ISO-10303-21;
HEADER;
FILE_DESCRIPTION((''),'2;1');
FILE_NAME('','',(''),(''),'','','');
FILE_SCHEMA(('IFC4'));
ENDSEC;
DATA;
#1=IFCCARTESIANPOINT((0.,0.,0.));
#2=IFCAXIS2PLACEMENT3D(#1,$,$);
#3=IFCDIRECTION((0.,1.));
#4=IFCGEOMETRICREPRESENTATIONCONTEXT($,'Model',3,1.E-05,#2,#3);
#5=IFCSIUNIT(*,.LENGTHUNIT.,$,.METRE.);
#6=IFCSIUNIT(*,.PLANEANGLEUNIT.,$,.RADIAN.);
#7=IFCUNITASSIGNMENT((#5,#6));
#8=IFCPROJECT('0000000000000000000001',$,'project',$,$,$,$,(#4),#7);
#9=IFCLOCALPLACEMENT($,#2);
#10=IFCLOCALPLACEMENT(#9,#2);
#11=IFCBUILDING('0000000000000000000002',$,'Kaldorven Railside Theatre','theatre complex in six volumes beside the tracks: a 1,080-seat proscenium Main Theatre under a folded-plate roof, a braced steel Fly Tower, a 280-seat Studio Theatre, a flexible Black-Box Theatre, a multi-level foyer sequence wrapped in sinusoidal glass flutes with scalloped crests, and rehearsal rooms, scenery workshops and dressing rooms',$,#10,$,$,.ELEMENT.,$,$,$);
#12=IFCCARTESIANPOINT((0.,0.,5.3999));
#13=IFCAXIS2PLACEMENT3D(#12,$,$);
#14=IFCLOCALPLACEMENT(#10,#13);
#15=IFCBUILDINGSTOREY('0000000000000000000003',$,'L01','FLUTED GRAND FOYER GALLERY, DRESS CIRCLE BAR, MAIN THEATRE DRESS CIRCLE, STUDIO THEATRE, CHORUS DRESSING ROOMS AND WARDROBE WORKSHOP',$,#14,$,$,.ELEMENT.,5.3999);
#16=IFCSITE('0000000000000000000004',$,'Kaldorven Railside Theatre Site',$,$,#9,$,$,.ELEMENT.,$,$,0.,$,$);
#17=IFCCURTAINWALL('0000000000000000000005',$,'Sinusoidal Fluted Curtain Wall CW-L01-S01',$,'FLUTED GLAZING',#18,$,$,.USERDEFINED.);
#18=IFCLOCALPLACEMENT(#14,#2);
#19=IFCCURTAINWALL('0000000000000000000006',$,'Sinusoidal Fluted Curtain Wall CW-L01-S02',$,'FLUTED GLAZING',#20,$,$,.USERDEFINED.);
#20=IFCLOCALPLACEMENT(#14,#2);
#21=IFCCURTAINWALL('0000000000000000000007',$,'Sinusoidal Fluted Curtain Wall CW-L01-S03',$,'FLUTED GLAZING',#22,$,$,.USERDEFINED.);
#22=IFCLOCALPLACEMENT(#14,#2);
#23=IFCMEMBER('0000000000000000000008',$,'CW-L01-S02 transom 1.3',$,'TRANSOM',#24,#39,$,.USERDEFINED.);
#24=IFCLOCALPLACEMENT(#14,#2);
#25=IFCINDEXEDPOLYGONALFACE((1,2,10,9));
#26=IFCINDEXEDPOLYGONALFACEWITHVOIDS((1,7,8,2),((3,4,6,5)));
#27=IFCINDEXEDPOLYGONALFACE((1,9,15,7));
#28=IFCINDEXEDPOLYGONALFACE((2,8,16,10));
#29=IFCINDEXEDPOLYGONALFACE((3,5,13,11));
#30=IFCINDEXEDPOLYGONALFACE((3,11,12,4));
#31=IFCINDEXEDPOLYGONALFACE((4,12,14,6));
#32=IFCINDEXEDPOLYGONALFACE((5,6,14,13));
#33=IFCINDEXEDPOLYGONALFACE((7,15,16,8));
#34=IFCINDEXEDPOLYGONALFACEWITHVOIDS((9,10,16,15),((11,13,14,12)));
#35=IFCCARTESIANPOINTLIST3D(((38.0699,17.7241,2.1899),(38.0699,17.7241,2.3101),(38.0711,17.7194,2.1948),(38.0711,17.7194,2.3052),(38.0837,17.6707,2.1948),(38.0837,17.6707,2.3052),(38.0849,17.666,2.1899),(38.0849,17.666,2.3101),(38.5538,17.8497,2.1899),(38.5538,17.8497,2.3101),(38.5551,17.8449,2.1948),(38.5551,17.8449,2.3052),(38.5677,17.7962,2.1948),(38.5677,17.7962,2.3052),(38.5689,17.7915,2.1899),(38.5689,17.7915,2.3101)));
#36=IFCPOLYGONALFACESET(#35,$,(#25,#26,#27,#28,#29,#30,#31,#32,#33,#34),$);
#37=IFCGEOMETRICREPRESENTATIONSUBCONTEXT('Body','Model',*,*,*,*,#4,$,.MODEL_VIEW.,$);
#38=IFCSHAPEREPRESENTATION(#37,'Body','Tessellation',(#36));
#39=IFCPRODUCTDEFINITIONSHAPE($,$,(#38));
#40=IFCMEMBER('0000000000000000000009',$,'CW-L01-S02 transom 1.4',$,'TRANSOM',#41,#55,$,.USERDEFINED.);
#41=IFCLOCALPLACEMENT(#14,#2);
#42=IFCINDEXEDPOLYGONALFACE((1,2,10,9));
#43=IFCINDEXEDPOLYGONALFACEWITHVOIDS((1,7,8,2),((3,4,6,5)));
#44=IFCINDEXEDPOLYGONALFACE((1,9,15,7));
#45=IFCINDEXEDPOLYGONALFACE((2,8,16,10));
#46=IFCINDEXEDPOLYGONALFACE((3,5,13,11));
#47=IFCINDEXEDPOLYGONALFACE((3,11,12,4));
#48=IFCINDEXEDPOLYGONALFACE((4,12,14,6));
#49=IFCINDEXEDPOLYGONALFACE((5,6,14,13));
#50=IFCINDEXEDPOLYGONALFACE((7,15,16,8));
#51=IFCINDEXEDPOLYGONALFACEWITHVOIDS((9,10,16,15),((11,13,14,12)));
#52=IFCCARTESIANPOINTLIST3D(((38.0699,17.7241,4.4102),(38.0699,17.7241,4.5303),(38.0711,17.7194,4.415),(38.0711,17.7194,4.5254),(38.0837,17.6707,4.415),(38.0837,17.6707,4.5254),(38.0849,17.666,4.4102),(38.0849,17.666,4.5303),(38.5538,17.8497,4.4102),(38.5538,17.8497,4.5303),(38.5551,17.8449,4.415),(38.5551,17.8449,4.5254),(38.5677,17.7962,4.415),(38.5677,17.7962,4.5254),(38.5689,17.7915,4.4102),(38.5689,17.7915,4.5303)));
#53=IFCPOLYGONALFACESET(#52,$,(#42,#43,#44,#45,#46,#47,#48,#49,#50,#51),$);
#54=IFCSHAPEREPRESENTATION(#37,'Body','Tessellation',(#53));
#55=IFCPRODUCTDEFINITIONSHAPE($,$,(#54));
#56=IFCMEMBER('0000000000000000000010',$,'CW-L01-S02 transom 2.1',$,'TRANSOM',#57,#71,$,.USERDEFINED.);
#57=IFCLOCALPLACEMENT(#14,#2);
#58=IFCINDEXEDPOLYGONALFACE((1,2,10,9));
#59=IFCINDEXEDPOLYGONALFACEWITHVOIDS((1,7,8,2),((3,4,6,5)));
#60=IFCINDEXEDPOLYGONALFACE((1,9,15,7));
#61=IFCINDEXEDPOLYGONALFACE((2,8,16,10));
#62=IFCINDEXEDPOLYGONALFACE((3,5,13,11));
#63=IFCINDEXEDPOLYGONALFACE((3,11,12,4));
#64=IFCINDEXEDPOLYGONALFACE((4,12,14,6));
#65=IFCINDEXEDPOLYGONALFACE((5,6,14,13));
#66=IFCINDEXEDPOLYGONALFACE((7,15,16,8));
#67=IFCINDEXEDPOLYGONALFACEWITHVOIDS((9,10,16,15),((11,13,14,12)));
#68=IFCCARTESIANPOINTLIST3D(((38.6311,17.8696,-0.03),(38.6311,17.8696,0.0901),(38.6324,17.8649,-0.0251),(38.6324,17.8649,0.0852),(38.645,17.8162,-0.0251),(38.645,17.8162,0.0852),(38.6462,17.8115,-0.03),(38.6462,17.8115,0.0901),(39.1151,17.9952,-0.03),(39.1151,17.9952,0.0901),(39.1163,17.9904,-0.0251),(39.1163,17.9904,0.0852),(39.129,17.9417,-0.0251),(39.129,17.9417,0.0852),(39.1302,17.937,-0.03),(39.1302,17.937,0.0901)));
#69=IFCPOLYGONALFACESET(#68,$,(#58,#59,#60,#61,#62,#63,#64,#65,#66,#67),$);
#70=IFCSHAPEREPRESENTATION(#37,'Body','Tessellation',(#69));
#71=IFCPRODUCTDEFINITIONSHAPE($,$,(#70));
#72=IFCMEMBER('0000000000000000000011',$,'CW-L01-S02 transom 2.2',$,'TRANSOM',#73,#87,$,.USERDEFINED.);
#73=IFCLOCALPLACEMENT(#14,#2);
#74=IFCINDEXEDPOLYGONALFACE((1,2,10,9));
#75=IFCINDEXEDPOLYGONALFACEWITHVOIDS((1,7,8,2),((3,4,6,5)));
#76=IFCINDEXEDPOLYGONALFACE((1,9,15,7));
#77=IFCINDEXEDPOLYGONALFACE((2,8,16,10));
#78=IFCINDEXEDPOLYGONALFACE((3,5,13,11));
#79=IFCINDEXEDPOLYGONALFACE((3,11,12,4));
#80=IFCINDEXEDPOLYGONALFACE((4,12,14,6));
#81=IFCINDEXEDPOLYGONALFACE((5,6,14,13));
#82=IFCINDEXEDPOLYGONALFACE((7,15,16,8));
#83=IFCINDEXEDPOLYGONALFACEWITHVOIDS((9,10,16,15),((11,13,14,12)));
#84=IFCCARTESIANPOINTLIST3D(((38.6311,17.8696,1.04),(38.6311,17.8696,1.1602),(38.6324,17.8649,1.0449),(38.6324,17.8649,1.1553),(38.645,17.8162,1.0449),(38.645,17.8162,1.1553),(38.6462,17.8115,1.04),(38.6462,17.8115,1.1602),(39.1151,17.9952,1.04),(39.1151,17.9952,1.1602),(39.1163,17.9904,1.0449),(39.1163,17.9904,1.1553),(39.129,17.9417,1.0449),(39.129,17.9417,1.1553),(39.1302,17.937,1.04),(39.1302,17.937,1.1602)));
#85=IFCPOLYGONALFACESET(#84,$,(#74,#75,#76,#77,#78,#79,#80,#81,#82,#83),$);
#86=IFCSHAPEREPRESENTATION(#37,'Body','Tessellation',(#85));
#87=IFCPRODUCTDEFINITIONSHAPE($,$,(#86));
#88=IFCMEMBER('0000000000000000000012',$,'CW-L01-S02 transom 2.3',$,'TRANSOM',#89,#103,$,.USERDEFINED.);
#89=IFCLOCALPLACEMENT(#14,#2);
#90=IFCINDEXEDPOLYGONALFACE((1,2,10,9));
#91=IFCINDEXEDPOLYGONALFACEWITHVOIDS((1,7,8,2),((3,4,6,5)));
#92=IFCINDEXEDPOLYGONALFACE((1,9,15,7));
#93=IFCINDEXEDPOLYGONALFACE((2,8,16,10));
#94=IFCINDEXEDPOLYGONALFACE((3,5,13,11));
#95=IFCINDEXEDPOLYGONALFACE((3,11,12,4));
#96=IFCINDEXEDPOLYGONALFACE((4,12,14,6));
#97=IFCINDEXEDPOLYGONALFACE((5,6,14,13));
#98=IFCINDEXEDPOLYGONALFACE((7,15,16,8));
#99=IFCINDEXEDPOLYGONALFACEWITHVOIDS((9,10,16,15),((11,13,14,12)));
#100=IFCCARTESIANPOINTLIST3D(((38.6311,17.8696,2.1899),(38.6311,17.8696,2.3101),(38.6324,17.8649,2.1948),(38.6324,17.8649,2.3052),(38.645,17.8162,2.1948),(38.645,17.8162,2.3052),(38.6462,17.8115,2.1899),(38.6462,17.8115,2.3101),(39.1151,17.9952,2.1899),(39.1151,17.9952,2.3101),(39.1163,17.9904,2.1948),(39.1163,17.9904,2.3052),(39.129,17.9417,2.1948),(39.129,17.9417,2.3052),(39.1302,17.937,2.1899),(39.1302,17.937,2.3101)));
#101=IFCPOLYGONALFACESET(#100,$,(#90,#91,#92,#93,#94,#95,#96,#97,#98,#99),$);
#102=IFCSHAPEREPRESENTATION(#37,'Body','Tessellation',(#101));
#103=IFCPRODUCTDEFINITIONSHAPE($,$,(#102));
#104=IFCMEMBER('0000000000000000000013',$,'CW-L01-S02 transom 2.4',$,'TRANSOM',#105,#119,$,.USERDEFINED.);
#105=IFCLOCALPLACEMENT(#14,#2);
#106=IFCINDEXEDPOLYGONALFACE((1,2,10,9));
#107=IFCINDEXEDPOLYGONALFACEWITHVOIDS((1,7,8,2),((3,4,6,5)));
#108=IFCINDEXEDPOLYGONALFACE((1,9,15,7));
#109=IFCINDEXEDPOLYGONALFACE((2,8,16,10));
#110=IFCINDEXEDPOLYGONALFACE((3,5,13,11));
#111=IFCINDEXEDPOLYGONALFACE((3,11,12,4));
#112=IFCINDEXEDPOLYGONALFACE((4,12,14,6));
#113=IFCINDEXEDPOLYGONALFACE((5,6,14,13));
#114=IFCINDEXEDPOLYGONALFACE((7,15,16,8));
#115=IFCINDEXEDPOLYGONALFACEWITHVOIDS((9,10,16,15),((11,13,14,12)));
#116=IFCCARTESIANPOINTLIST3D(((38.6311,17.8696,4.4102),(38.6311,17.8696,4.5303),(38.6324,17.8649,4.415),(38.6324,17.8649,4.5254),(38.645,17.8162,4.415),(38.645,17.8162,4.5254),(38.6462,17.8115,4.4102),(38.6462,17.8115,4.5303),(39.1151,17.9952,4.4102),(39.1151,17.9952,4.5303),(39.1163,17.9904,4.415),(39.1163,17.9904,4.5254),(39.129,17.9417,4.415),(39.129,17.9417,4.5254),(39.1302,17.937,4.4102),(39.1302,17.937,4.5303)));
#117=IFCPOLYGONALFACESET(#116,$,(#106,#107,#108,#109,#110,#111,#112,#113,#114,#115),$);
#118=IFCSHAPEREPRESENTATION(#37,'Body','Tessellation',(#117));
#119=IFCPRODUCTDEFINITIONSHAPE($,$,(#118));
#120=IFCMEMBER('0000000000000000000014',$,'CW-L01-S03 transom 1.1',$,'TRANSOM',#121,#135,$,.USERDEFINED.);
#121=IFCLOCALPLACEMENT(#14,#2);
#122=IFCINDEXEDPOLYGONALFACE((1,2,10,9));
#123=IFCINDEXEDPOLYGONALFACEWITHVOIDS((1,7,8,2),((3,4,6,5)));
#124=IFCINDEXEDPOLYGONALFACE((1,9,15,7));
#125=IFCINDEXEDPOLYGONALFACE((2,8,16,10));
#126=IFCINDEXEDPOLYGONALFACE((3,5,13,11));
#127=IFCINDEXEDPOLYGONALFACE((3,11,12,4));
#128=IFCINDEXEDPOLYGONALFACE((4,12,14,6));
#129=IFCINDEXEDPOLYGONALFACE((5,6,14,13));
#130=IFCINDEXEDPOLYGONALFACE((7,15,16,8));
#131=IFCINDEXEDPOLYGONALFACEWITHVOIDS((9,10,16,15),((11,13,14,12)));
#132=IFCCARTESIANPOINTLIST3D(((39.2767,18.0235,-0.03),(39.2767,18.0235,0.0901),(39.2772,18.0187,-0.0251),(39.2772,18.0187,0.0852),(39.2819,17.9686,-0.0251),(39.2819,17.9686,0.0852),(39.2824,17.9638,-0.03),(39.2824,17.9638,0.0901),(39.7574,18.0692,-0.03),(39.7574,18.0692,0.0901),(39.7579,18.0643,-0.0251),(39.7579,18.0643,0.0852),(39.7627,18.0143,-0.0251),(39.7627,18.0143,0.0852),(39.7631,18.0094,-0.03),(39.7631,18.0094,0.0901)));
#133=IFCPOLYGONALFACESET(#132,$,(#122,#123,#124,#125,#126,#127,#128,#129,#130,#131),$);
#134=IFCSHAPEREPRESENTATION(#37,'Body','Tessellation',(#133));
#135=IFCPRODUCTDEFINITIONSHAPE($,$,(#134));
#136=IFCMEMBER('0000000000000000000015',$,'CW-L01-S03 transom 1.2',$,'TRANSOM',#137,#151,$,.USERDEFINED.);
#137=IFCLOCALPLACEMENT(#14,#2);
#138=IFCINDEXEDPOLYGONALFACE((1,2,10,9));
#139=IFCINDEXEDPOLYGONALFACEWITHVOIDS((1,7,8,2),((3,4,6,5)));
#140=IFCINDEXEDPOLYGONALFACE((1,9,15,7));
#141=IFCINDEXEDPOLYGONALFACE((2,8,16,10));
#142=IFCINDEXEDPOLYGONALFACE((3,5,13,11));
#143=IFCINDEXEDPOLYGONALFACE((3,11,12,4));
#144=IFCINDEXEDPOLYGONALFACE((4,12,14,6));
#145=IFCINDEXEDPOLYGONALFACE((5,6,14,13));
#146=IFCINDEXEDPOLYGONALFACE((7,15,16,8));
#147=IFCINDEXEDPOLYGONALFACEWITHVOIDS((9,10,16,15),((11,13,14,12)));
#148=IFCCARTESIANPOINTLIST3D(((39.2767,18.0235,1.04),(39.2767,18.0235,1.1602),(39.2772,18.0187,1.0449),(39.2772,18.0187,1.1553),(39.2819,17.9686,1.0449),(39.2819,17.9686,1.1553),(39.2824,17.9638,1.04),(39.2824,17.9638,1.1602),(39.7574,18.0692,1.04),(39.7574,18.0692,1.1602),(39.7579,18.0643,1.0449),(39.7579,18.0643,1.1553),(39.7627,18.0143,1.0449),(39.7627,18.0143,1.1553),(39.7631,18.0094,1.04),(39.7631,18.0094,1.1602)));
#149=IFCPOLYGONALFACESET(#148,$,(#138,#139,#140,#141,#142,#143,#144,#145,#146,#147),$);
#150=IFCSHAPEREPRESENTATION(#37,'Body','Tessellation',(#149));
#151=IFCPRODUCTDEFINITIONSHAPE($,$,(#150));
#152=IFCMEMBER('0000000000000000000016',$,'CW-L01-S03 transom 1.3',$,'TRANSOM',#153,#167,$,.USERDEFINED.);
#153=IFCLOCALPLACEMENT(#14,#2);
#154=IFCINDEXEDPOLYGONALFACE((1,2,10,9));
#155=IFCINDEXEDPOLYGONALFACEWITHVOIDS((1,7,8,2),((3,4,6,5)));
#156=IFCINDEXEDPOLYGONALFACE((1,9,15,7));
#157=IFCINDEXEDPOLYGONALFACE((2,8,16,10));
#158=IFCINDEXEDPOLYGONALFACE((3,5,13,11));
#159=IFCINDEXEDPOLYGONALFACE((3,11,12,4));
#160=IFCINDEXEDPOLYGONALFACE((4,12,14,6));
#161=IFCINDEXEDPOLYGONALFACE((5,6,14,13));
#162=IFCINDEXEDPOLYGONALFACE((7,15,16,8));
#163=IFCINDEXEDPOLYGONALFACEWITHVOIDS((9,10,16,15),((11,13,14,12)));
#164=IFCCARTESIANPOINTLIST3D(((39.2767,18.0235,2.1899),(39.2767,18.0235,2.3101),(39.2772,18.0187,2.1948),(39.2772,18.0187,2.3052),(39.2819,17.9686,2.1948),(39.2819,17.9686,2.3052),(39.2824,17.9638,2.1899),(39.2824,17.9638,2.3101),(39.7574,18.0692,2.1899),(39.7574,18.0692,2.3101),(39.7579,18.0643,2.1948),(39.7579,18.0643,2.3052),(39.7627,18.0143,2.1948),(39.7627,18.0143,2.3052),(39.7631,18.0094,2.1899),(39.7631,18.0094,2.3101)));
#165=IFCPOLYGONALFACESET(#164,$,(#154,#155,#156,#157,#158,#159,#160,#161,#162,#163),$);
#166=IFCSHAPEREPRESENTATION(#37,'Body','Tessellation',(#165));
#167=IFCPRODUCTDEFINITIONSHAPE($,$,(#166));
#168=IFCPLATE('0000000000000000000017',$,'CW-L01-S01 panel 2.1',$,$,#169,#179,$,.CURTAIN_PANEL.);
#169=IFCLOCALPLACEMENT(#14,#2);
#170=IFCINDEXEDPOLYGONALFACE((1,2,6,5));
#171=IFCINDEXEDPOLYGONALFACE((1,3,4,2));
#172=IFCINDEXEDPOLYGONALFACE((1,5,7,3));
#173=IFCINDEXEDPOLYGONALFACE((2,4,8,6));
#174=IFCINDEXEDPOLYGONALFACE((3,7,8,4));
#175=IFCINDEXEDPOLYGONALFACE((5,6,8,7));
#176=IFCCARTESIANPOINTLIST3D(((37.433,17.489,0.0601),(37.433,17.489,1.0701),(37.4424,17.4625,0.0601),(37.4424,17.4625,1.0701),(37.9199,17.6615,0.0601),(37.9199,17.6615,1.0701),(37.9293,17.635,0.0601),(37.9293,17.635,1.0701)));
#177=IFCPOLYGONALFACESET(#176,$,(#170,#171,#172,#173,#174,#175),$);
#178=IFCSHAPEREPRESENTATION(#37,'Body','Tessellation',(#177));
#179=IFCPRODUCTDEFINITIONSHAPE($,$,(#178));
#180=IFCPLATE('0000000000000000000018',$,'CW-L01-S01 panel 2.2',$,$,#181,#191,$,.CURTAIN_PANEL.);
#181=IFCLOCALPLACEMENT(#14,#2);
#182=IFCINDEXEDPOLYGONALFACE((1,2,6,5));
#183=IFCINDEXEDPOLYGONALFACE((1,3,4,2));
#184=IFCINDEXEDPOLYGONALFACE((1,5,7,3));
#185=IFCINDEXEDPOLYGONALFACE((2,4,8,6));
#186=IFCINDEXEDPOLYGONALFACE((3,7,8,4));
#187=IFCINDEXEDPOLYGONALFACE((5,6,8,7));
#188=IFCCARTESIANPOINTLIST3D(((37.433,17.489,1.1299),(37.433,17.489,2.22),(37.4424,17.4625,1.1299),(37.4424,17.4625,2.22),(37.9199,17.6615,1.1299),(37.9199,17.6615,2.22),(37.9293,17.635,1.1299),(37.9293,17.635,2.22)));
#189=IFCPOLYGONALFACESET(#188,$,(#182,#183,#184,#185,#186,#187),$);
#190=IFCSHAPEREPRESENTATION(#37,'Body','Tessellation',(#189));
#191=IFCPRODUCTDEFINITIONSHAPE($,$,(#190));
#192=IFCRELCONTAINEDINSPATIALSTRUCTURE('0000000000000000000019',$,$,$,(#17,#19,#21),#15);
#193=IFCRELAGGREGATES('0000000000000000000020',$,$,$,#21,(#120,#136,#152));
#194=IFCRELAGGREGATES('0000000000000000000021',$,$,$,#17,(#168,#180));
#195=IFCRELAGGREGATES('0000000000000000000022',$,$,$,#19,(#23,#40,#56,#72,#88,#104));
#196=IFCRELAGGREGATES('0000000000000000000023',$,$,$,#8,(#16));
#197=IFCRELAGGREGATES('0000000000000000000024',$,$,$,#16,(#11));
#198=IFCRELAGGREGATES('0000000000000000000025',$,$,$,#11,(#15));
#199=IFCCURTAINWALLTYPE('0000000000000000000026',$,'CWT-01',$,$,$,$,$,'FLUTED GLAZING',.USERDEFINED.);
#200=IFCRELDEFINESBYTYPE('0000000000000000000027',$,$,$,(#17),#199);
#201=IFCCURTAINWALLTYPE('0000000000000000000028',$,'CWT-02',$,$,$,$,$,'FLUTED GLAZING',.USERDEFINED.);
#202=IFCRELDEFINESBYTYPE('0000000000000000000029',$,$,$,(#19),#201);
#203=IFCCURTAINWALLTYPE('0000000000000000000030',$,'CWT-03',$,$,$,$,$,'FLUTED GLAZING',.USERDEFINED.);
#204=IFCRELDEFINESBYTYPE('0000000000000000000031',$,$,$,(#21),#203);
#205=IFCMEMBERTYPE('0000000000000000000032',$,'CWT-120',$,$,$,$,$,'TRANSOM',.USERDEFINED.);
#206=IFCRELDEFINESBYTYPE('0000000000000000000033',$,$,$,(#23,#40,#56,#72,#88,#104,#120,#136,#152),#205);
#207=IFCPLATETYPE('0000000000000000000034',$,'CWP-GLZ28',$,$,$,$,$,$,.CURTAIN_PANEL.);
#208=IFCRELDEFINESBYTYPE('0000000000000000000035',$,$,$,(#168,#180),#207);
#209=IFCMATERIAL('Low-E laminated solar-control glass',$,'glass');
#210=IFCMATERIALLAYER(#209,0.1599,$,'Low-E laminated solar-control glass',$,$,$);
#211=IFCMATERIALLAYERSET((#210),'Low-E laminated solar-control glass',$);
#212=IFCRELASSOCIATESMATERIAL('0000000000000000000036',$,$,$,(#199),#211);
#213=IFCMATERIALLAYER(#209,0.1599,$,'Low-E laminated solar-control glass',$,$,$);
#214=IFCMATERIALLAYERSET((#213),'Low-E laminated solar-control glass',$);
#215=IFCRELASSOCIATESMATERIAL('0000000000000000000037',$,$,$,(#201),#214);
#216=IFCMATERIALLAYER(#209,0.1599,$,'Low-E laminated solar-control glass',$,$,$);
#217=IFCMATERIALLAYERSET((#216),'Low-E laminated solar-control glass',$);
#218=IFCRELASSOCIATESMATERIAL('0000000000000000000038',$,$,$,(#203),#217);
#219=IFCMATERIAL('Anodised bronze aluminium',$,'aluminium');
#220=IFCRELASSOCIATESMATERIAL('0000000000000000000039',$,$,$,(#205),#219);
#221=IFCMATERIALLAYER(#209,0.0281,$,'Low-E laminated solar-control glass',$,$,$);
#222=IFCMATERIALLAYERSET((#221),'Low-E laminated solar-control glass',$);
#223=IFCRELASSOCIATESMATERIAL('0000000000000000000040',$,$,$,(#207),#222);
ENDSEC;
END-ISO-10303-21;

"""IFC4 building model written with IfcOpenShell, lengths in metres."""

from ifc_helpers import new_model, si_unit, direction, frame, origin, origin_2d, place, context, subcontext, project, spatial, rectangle, hollow_rectangle, extrude, material, layer, layer_set, material_profile, profile_set, type_object, element, aggregate, save


model = new_model("IFC4")

# Units and contexts
model_context = context("Model", 3, precision=1e-05, world=origin(), true_north=direction((0.0, 1.0)))
body_context = subcontext(model_context, "Body", "Model", "MODEL_VIEW")
ifc_project = project(units=[si_unit("LENGTHUNIT", "METRE"), si_unit("PLANEANGLEUNIT", "RADIAN")], contexts=[model_context])

# Site, building, storey
site_placement = place(None, origin())
site = spatial("IfcSite", under=ifc_project, at=site_placement, Name="Kaldorven Railside Theatre Site", CompositionType="ELEMENT", RefElevation=0.0)
building_placement = place(site_placement, origin())
building = spatial("IfcBuilding", under=site, at=building_placement, Name="Kaldorven Railside Theatre", Description="theatre complex in six volumes beside the tracks: a 1,080-seat proscenium Main Theatre under a folded-plate roof, a braced steel Fly Tower, a 280-seat Studio Theatre, a flexible Black-Box Theatre, a multi-level foyer sequence wrapped in sinusoidal glass flutes with scalloped crests, and rehearsal rooms, scenery workshops and dressing rooms", CompositionType="ELEMENT")
storey_placement = place(building_placement, frame((0.0, 0.0, 5.3999)))
storey = spatial("IfcBuildingStorey", under=building, at=storey_placement, Name="L01", Description="FLUTED GRAND FOYER GALLERY, DRESS CIRCLE BAR, MAIN THEATRE DRESS CIRCLE, STUDIO THEATRE, CHORUS DRESSING ROOMS AND WARDROBE WORKSHOP", CompositionType="ELEMENT", Elevation=5.3999)

# Curtain wall
ifc_material_1 = material(Name="Low-E laminated solar-control glass", Category="glass")
ifc_layer_1 = layer(ifc_material_1, 0.1599, Name="Low-E laminated solar-control glass")
ifc_layer_set_1 = layer_set([ifc_layer_1], Name="Low-E laminated solar-control glass")
curtain_wall_type_1 = type_object("IfcCurtainWallType", Name="CWT-01", ElementType="FLUTED GLAZING", PredefinedType="USERDEFINED", material=ifc_layer_set_1)
curtain_wall_1_placement = place(storey_placement, origin())
curtain_wall_1 = element("IfcCurtainWall", 1, at=curtain_wall_1_placement, inside=storey, type_object=curtain_wall_type_1, Name="Sinusoidal Fluted Curtain Wall CW-L01-S01", ObjectType="FLUTED GLAZING", PredefinedType="USERDEFINED")
ifc_material_2 = material(Name="Anodised bronze aluminium", Category="aluminium")

# Curtain wall
ifc_layer_2 = layer(ifc_material_1, 0.1599, Name="Low-E laminated solar-control glass")
ifc_layer_set_2 = layer_set([ifc_layer_2], Name="Low-E laminated solar-control glass")
curtain_wall_type_2 = type_object("IfcCurtainWallType", Name="CWT-02", ElementType="FLUTED GLAZING", PredefinedType="USERDEFINED", material=ifc_layer_set_2)
curtain_wall_2_placement = place(storey_placement, origin())
curtain_wall_2 = element("IfcCurtainWall", 2, at=curtain_wall_2_placement, inside=storey, type_object=curtain_wall_type_2, Name="Sinusoidal Fluted Curtain Wall CW-L01-S02", ObjectType="FLUTED GLAZING", PredefinedType="USERDEFINED")

# Curtain wall
ifc_layer_3 = layer(ifc_material_1, 0.1599, Name="Low-E laminated solar-control glass")
ifc_layer_set_3 = layer_set([ifc_layer_3], Name="Low-E laminated solar-control glass")
curtain_wall_type_3 = type_object("IfcCurtainWallType", Name="CWT-03", ElementType="FLUTED GLAZING", PredefinedType="USERDEFINED", material=ifc_layer_set_3)
curtain_wall_3_placement = place(storey_placement, origin())
curtain_wall_3 = element("IfcCurtainWall", 3, at=curtain_wall_3_placement, inside=storey, type_object=curtain_wall_type_3, Name="Sinusoidal Fluted Curtain Wall CW-L01-S03", ObjectType="FLUTED GLAZING", PredefinedType="USERDEFINED")

# Members
ifc_material_profile_1 = material_profile(ifc_material_2, hollow_rectangle(XDim=0.0601, YDim=0.1201, WallThickness=0.0049, at=origin_2d()), Name="RHS 120x60x5")
ifc_profile_set_1 = profile_set([ifc_material_profile_1], Name="Anodised bronze aluminium")
member_type_1 = type_object("IfcMemberType", Name="CWT-120", ElementType="TRANSOM", PredefinedType="USERDEFINED", material=ifc_profile_set_1)
member_1_placement = place(storey_placement, frame((38.0774, 17.6951, 2.25), z_axis=(0.967979, 0.25103, 0.0), x_axis=(-0.25103, 0.967979, 0.0)))
member_1 = element("IfcMember", 4, at=member_1_placement, type_object=member_type_1, Name="CW-L01-S02 transom 1.3", ObjectType="TRANSOM", PredefinedType="USERDEFINED", context=body_context, shape_type="SweptSolid", body=[
    extrude(hollow_rectangle(XDim=0.0601, YDim=0.1201, WallThickness=0.0049, at=origin_2d()), origin(), (0.0, 0.0, 1.0), 0.5),
])
member_2_placement = place(storey_placement, frame((38.0774, 17.6951, 4.4702), z_axis=(0.967979, 0.25103, 0.0), x_axis=(-0.25103, 0.967979, 0.0)))
member_2 = element("IfcMember", 5, at=member_2_placement, type_object=member_type_1, Name="CW-L01-S02 transom 1.4", ObjectType="TRANSOM", PredefinedType="USERDEFINED", context=body_context, shape_type="SweptSolid", body=[
    extrude(hollow_rectangle(XDim=0.0601, YDim=0.1201, WallThickness=0.0049, at=origin_2d()), origin(), (0.0, 0.0, 1.0), 0.5),
])
member_3_placement = place(storey_placement, frame((38.6387, 17.8406, 0.03), z_axis=(0.967979, 0.25103, 0.0), x_axis=(-0.25103, 0.967979, 0.0)))
member_3 = element("IfcMember", 6, at=member_3_placement, type_object=member_type_1, Name="CW-L01-S02 transom 2.1", ObjectType="TRANSOM", PredefinedType="USERDEFINED", context=body_context, shape_type="SweptSolid", body=[
    extrude(hollow_rectangle(XDim=0.0601, YDim=0.1201, WallThickness=0.0049, at=origin_2d()), origin(), (0.0, 0.0, 1.0), 0.5),
])
member_4_placement = place(storey_placement, frame((38.6387, 17.8406, 1.1001), z_axis=(0.967979, 0.25103, 0.0), x_axis=(-0.25103, 0.967979, 0.0)))
member_4 = element("IfcMember", 7, at=member_4_placement, type_object=member_type_1, Name="CW-L01-S02 transom 2.2", ObjectType="TRANSOM", PredefinedType="USERDEFINED", context=body_context, shape_type="SweptSolid", body=[
    extrude(hollow_rectangle(XDim=0.0601, YDim=0.1201, WallThickness=0.0049, at=origin_2d()), origin(), (0.0, 0.0, 1.0), 0.5),
])
member_5_placement = place(storey_placement, frame((38.6387, 17.8406, 2.25), z_axis=(0.967979, 0.25103, 0.0), x_axis=(-0.25103, 0.967979, 0.0)))
member_5 = element("IfcMember", 8, at=member_5_placement, type_object=member_type_1, Name="CW-L01-S02 transom 2.3", ObjectType="TRANSOM", PredefinedType="USERDEFINED", context=body_context, shape_type="SweptSolid", body=[
    extrude(hollow_rectangle(XDim=0.0601, YDim=0.1201, WallThickness=0.0049, at=origin_2d()), origin(), (0.0, 0.0, 1.0), 0.5),
])
member_6_placement = place(storey_placement, frame((38.6387, 17.8406, 4.4702), z_axis=(0.967979, 0.25103, 0.0), x_axis=(-0.25103, 0.967979, 0.0)))
member_6 = element("IfcMember", 9, at=member_6_placement, type_object=member_type_1, Name="CW-L01-S02 transom 2.4", ObjectType="TRANSOM", PredefinedType="USERDEFINED", context=body_context, shape_type="SweptSolid", body=[
    extrude(hollow_rectangle(XDim=0.0601, YDim=0.1201, WallThickness=0.0049, at=origin_2d()), origin(), (0.0, 0.0, 1.0), 0.5),
])
member_7_placement = place(storey_placement, frame((39.2795, 17.9937, 0.03), z_axis=(0.99552, 0.094547, 0.0), x_axis=(-0.094547, 0.99552, 0.0)))
member_7 = element("IfcMember", 10, at=member_7_placement, type_object=member_type_1, Name="CW-L01-S03 transom 1.1", ObjectType="TRANSOM", PredefinedType="USERDEFINED", context=body_context, shape_type="SweptSolid", body=[
    extrude(hollow_rectangle(XDim=0.0601, YDim=0.1201, WallThickness=0.0049, at=origin_2d()), origin(), (0.0, 0.0, 1.0), 0.4829),
])
member_8_placement = place(storey_placement, frame((39.2795, 17.9937, 1.1001), z_axis=(0.99552, 0.094547, 0.0), x_axis=(-0.094547, 0.99552, 0.0)))
member_8 = element("IfcMember", 11, at=member_8_placement, type_object=member_type_1, Name="CW-L01-S03 transom 1.2", ObjectType="TRANSOM", PredefinedType="USERDEFINED", context=body_context, shape_type="SweptSolid", body=[
    extrude(hollow_rectangle(XDim=0.0601, YDim=0.1201, WallThickness=0.0049, at=origin_2d()), origin(), (0.0, 0.0, 1.0), 0.4829),
])
member_9_placement = place(storey_placement, frame((39.2795, 17.9937, 2.25), z_axis=(0.99552, 0.094547, 0.0), x_axis=(-0.094547, 0.99552, 0.0)))
member_9 = element("IfcMember", 12, at=member_9_placement, type_object=member_type_1, Name="CW-L01-S03 transom 1.3", ObjectType="TRANSOM", PredefinedType="USERDEFINED", context=body_context, shape_type="SweptSolid", body=[
    extrude(hollow_rectangle(XDim=0.0601, YDim=0.1201, WallThickness=0.0049, at=origin_2d()), origin(), (0.0, 0.0, 1.0), 0.4829),
])
aggregate(curtain_wall_3, [member_7, member_8, member_9])

# Plates
ifc_layer_4 = layer(ifc_material_1, 0.0281, Name="Low-E laminated solar-control glass")
ifc_layer_set_4 = layer_set([ifc_layer_4], Name="Low-E laminated solar-control glass")
plate_type = type_object("IfcPlateType", Name="CWP-GLZ28", PredefinedType="CURTAIN_PANEL", material=ifc_layer_set_4)
plate_1_placement = place(storey_placement, frame((37.6812, 17.562, 0.0601), z_axis=(0.0, 0.0, 1.0), x_axis=(0.942627, 0.333847, 0.0)))
plate_1 = element("IfcPlate", 13, at=plate_1_placement, type_object=plate_type, Name="CW-L01-S01 panel 2.1", PredefinedType="CURTAIN_PANEL", context=body_context, shape_type="SweptSolid", body=[
    extrude(rectangle(XDim=0.5166, YDim=0.0281, at=origin_2d()), origin(), (0.0, 0.0, 1.0), 1.01),
])
plate_2_placement = place(storey_placement, frame((37.6812, 17.562, 1.1299), z_axis=(0.0, 0.0, 1.0), x_axis=(0.942627, 0.333847, 0.0)))
plate_2 = element("IfcPlate", 14, at=plate_2_placement, type_object=plate_type, Name="CW-L01-S01 panel 2.2", PredefinedType="CURTAIN_PANEL", context=body_context, shape_type="SweptSolid", body=[
    extrude(rectangle(XDim=0.5166, YDim=0.0281, at=origin_2d()), origin(), (0.0, 0.0, 1.0), 1.0901),
])
aggregate(curtain_wall_1, [plate_1, plate_2])
aggregate(curtain_wall_2, [member_1, member_2, member_3, member_4, member_5, member_6])

save(model, "model.ifc")
